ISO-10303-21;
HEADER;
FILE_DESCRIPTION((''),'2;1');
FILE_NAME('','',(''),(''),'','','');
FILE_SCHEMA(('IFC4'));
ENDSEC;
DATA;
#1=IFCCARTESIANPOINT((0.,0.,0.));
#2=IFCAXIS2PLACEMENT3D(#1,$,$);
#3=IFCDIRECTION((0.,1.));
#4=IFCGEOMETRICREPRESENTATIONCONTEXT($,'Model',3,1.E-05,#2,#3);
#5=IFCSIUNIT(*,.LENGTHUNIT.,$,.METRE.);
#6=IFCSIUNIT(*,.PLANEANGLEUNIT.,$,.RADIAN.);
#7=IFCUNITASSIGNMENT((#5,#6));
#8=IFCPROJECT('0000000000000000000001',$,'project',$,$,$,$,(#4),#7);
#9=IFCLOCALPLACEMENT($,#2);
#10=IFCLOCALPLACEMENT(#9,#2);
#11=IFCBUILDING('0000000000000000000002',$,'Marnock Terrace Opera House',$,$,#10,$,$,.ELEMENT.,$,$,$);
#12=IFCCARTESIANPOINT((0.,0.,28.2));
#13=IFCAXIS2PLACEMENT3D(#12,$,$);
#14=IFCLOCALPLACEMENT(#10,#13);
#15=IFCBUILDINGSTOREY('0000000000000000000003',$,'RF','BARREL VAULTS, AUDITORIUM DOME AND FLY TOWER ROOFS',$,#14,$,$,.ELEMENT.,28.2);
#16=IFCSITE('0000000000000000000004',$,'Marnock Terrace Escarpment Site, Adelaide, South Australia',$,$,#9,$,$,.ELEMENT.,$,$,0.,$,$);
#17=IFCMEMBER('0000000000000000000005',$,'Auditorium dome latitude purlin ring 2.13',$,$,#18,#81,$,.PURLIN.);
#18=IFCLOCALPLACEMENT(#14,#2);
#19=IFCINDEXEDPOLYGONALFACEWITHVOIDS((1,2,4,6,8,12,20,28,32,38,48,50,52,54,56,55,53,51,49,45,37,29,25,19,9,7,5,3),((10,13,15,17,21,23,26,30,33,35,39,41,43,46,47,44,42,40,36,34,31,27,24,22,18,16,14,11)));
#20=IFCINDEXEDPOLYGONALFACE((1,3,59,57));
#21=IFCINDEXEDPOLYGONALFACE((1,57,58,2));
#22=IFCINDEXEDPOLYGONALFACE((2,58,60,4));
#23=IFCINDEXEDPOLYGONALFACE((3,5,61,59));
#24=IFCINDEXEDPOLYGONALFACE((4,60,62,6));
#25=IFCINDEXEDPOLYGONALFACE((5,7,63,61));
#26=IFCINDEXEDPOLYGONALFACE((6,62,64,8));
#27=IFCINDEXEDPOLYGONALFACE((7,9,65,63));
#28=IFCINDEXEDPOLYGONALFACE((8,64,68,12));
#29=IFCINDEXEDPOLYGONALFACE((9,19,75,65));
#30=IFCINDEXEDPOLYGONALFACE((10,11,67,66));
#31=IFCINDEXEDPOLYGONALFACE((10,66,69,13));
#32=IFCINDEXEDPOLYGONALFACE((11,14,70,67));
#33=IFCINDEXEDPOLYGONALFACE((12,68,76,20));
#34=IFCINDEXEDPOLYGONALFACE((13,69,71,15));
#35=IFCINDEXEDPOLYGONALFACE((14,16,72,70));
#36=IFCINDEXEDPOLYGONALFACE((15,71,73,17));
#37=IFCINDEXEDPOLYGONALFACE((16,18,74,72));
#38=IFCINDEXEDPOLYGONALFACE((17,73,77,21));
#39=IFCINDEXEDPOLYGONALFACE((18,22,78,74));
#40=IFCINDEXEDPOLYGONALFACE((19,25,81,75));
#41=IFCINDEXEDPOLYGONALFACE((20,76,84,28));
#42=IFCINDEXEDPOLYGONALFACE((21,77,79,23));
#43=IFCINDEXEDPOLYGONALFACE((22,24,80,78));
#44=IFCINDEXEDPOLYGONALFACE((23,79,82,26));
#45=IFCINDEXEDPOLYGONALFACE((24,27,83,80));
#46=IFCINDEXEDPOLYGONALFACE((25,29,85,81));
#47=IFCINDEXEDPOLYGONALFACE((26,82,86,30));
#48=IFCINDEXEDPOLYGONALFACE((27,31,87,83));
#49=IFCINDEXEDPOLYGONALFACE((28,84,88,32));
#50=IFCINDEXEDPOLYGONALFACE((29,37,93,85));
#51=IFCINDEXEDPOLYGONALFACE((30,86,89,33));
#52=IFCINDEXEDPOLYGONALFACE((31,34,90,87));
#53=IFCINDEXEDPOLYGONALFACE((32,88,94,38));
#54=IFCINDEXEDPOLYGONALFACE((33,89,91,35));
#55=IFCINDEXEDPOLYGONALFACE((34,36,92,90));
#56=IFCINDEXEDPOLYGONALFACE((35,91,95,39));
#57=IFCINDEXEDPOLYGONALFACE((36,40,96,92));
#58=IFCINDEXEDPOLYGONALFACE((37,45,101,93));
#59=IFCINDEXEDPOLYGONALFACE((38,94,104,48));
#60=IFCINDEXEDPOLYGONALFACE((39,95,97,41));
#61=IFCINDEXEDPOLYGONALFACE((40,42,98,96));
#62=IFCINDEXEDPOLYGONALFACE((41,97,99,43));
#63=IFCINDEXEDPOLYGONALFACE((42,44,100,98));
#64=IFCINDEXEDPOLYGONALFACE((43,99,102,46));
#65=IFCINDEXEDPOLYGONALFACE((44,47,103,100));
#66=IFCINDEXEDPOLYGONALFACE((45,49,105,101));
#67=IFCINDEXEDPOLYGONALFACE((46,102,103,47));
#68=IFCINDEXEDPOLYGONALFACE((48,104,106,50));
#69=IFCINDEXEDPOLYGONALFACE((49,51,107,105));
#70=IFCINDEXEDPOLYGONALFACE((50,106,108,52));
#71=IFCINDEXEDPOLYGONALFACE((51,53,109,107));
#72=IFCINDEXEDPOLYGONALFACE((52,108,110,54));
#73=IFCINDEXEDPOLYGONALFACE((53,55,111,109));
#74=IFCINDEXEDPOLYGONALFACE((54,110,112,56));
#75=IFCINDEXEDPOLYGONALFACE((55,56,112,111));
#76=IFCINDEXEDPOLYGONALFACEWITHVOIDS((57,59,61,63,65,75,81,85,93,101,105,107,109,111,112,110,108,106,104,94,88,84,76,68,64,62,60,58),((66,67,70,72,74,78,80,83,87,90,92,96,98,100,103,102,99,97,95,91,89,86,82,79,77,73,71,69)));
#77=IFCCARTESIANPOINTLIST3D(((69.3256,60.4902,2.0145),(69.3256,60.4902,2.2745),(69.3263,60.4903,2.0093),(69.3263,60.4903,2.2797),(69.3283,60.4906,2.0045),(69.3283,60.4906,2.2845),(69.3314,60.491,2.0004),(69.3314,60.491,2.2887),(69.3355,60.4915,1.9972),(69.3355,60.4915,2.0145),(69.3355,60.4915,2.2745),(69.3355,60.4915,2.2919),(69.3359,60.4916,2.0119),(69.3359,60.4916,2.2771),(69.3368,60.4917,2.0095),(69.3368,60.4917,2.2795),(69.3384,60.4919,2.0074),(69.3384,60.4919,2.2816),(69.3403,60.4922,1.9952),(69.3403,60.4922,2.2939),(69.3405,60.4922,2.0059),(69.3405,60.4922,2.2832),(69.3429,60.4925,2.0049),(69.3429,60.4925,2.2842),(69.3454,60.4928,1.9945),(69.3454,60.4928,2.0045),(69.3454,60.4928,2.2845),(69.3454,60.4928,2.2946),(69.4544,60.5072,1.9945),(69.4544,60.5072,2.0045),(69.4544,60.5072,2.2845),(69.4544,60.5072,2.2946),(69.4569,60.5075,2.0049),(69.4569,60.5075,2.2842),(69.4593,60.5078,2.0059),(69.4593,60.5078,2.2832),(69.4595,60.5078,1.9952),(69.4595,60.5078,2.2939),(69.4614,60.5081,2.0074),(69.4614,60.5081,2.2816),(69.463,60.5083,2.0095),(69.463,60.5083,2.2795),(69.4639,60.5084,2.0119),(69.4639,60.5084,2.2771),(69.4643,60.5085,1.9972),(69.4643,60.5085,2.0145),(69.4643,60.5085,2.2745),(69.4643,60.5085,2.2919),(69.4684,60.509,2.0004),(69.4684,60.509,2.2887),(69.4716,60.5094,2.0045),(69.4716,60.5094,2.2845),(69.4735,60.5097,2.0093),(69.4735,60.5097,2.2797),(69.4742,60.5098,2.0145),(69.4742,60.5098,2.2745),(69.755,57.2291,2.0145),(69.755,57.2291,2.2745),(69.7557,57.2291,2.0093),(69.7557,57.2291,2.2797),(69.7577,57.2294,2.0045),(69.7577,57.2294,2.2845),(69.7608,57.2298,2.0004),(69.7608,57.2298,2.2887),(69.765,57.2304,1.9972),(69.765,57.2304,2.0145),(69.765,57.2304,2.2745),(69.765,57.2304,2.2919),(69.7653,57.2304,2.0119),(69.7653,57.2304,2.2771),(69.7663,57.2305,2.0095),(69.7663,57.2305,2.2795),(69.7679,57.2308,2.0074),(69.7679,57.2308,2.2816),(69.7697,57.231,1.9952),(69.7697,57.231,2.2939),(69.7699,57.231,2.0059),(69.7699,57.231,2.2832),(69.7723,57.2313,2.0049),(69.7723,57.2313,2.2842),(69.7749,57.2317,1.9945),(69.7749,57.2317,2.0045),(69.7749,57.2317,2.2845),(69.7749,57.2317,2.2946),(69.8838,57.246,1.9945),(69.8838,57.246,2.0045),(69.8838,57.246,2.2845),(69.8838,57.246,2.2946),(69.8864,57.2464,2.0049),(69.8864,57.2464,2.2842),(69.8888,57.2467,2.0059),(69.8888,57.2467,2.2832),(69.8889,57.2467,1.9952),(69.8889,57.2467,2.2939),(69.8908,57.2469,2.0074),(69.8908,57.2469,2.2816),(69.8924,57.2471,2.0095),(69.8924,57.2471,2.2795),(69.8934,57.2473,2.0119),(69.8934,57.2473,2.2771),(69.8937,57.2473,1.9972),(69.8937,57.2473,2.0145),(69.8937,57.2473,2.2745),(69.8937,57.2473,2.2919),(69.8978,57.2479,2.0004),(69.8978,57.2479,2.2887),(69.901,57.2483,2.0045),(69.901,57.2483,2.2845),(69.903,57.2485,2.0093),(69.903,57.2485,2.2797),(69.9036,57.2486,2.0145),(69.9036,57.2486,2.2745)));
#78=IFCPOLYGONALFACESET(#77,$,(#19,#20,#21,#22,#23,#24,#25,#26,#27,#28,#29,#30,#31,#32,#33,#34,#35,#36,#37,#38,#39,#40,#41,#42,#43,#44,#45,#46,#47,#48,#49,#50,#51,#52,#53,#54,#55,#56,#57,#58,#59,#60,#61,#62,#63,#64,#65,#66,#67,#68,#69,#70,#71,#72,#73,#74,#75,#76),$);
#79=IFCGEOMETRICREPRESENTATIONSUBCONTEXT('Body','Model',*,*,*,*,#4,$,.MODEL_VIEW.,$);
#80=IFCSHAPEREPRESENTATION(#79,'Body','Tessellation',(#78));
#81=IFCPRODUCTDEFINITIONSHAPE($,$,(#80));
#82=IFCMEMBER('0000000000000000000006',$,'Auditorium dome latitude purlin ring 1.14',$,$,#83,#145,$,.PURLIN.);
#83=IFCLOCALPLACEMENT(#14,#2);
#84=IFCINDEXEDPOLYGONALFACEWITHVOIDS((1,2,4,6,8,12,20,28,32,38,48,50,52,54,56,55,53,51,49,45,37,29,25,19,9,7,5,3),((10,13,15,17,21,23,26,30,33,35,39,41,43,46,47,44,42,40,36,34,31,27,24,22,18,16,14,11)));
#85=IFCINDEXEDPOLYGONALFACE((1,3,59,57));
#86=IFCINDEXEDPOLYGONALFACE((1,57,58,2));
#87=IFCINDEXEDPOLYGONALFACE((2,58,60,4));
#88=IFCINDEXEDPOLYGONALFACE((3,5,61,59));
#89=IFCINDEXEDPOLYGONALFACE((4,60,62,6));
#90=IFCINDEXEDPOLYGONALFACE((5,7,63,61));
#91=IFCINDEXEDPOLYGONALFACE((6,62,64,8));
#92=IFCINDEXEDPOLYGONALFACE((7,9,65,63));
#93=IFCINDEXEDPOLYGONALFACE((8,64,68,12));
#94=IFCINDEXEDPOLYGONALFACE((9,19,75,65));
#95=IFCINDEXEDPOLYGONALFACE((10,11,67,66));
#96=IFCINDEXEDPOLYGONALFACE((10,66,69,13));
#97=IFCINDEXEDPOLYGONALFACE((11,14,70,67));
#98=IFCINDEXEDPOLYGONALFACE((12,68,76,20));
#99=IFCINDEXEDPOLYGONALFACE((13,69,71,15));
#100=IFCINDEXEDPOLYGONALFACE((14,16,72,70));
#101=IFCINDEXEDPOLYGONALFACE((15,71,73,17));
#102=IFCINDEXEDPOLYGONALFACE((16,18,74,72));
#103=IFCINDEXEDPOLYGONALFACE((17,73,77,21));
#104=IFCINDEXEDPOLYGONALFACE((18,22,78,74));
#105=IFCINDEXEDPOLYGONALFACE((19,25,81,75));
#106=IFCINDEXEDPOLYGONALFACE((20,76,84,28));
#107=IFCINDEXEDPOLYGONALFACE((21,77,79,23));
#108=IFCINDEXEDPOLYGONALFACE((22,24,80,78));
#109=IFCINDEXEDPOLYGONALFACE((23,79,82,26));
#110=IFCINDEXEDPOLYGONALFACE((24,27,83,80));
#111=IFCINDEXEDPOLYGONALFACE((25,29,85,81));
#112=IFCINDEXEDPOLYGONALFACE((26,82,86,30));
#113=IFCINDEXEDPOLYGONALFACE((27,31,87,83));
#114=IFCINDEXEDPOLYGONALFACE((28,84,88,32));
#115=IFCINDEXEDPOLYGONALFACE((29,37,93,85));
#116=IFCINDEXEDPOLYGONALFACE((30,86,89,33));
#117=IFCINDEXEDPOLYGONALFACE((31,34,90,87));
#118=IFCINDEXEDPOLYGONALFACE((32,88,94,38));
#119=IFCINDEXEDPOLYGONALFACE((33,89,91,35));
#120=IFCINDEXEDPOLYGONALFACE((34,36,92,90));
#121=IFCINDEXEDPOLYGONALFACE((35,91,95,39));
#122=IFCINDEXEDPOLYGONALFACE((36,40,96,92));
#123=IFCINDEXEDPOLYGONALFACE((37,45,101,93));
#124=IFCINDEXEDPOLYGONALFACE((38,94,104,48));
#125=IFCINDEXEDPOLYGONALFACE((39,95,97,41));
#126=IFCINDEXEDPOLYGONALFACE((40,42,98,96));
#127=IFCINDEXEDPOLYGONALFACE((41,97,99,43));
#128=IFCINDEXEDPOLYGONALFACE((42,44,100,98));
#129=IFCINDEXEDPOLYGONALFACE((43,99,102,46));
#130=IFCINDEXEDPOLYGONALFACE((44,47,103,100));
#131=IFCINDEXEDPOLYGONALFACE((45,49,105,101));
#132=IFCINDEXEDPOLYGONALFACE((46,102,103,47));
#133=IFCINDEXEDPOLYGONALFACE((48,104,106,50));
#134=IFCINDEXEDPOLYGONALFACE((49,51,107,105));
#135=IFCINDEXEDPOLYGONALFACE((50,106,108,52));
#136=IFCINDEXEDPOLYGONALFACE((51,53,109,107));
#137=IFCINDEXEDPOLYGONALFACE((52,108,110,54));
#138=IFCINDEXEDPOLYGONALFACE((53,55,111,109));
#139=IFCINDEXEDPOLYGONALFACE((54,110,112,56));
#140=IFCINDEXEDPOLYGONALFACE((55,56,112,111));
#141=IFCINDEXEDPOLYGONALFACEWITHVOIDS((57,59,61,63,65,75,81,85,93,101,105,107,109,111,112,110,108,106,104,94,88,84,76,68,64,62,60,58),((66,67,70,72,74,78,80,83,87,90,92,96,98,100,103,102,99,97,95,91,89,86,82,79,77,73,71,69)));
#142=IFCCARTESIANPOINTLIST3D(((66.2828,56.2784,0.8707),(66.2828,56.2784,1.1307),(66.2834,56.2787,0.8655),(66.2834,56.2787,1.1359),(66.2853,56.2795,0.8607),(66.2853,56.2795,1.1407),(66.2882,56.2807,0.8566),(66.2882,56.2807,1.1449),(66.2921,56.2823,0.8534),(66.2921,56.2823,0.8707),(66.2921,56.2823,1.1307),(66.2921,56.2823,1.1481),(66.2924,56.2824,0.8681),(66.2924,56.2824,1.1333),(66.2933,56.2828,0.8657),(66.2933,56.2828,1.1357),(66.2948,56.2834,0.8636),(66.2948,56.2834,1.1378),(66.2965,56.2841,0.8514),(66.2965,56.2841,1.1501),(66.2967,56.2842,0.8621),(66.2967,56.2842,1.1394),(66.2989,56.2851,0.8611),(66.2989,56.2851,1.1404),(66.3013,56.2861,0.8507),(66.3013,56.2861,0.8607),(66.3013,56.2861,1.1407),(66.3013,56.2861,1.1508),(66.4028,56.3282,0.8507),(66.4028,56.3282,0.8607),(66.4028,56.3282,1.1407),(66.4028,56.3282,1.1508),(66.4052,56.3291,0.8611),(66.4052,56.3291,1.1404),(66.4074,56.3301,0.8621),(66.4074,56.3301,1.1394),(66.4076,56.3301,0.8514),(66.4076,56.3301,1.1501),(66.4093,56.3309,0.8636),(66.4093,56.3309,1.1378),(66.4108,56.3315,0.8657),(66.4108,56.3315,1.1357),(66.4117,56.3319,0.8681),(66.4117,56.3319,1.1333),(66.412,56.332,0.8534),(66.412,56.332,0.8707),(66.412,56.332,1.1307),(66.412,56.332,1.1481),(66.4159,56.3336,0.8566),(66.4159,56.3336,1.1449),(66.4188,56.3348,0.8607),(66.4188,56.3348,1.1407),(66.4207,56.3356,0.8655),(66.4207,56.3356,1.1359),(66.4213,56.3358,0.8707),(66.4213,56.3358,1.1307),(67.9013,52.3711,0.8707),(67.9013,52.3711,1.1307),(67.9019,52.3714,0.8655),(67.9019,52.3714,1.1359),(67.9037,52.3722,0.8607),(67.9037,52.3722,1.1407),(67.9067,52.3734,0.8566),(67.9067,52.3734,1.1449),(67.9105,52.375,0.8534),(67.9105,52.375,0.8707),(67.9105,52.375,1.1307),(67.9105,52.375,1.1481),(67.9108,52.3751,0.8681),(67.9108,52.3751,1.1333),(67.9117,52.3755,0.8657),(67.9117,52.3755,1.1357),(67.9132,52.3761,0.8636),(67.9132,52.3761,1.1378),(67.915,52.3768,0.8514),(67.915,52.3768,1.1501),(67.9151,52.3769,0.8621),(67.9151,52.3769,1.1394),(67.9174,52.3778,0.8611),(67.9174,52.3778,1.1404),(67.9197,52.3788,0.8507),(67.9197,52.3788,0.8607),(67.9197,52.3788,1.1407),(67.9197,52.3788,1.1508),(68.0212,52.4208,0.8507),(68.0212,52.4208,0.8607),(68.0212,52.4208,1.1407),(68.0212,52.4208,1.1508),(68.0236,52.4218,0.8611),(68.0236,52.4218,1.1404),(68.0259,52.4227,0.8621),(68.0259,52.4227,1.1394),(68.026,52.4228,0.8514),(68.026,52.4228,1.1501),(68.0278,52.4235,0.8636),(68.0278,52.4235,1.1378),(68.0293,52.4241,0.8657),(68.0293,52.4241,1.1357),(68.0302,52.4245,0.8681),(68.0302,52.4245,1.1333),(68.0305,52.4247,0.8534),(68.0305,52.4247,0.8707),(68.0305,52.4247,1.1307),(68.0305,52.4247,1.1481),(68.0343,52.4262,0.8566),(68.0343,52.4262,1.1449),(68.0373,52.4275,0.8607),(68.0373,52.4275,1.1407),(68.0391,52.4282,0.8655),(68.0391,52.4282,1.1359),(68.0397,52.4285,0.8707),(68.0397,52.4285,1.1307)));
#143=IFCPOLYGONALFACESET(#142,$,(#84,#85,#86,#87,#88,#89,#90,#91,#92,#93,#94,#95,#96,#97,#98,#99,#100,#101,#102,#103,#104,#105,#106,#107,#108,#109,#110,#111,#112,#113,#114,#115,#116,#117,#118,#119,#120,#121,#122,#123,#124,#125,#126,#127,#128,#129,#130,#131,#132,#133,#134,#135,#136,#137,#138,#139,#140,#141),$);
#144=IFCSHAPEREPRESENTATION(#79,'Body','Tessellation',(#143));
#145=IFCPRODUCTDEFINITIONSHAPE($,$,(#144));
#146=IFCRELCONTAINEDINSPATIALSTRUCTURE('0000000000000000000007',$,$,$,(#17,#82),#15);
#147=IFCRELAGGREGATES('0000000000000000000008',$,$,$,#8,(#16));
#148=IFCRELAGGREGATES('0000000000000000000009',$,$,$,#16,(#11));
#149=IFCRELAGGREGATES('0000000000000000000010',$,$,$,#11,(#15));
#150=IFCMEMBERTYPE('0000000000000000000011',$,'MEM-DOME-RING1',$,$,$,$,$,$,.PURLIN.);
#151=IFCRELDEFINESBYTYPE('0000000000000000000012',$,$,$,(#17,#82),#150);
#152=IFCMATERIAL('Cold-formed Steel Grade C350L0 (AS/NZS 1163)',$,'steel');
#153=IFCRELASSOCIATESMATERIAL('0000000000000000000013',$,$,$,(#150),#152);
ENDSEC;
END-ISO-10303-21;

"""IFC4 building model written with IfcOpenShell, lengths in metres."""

from ifc_helpers import new_model, si_unit, direction, frame, origin, origin_2d, place, context, subcontext, project, spatial, hollow_rectangle, extrude, material, material_profile, profile_set, type_object, element, save


model = new_model("IFC4")

# Units and contexts
model_context = context("Model", 3, precision=1e-05, world=origin(), true_north=direction((0.0, 1.0)))
body_context = subcontext(model_context, "Body", "Model", "MODEL_VIEW")
ifc_project = project(units=[si_unit("LENGTHUNIT", "METRE"), si_unit("PLANEANGLEUNIT", "RADIAN")], contexts=[model_context])

# Site, building, storey
site_placement = place(None, origin())
site = spatial("IfcSite", under=ifc_project, at=site_placement, Name="Marnock Terrace Escarpment Site, Adelaide, South Australia", CompositionType="ELEMENT", RefElevation=0.0)
building_placement = place(site_placement, origin())
building = spatial("IfcBuilding", under=site, at=building_placement, Name="Marnock Terrace Opera House", CompositionType="ELEMENT")
storey_placement = place(building_placement, frame((0.0, 0.0, 28.2)))
storey = spatial("IfcBuildingStorey", under=building, at=storey_placement, Name="RF", Description="BARREL VAULTS, AUDITORIUM DOME AND FLY TOWER ROOFS", CompositionType="ELEMENT", Elevation=28.2)

# Members
ifc_material_1 = material(Name="Cold-formed Steel Grade C350L0 (AS/NZS 1163)", Category="steel")
ifc_material_profile_1 = material_profile(ifc_material_1, hollow_rectangle(XDim=0.1499, YDim=0.3, WallThickness=0.01, InnerFilletRadius=0.01, OuterFilletRadius=0.02, at=origin_2d()))
ifc_profile_set_1 = profile_set([ifc_material_profile_1], Name="Cold-formed Steel Grade C350L0 (AS/NZS 1163)")
member_type_1 = type_object("IfcMemberType", Name="MEM-DOME-RING1", PredefinedType="PURLIN", material=ifc_profile_set_1)
member_1_placement = place(storey_placement, frame((69.3999, 60.5, 2.1445), z_axis=(0.130554, -0.991441, 0.0), x_axis=(0.991441, 0.130554, 0.0)))
element("IfcMember", 1, at=member_1_placement, inside=storey, type_object=member_type_1, Name="Auditorium dome latitude purlin ring 2.13", PredefinedType="PURLIN", context=body_context, shape_type="SweptSolid", body=[
    extrude(hollow_rectangle(XDim=0.1499, YDim=0.3, WallThickness=0.01, InnerFilletRadius=0.01, OuterFilletRadius=0.02, at=origin_2d()), origin(), (0.0, 0.0, 1.0), 3.2893),
])
member_2_placement = place(storey_placement, frame((66.3521, 56.3071, 1.0007), z_axis=(0.38268, -0.923881, 0.0), x_axis=(0.923881, 0.38268, 0.0)))
element("IfcMember", 2, at=member_2_placement, inside=storey, type_object=member_type_1, Name="Auditorium dome latitude purlin ring 1.14", PredefinedType="PURLIN", context=body_context, shape_type="SweptSolid", body=[
    extrude(hollow_rectangle(XDim=0.1499, YDim=0.3, WallThickness=0.01, InnerFilletRadius=0.01, OuterFilletRadius=0.02, at=origin_2d()), origin(), (0.0, 0.0, 1.0), 4.2292),
])

save(model, "model.ifc")
